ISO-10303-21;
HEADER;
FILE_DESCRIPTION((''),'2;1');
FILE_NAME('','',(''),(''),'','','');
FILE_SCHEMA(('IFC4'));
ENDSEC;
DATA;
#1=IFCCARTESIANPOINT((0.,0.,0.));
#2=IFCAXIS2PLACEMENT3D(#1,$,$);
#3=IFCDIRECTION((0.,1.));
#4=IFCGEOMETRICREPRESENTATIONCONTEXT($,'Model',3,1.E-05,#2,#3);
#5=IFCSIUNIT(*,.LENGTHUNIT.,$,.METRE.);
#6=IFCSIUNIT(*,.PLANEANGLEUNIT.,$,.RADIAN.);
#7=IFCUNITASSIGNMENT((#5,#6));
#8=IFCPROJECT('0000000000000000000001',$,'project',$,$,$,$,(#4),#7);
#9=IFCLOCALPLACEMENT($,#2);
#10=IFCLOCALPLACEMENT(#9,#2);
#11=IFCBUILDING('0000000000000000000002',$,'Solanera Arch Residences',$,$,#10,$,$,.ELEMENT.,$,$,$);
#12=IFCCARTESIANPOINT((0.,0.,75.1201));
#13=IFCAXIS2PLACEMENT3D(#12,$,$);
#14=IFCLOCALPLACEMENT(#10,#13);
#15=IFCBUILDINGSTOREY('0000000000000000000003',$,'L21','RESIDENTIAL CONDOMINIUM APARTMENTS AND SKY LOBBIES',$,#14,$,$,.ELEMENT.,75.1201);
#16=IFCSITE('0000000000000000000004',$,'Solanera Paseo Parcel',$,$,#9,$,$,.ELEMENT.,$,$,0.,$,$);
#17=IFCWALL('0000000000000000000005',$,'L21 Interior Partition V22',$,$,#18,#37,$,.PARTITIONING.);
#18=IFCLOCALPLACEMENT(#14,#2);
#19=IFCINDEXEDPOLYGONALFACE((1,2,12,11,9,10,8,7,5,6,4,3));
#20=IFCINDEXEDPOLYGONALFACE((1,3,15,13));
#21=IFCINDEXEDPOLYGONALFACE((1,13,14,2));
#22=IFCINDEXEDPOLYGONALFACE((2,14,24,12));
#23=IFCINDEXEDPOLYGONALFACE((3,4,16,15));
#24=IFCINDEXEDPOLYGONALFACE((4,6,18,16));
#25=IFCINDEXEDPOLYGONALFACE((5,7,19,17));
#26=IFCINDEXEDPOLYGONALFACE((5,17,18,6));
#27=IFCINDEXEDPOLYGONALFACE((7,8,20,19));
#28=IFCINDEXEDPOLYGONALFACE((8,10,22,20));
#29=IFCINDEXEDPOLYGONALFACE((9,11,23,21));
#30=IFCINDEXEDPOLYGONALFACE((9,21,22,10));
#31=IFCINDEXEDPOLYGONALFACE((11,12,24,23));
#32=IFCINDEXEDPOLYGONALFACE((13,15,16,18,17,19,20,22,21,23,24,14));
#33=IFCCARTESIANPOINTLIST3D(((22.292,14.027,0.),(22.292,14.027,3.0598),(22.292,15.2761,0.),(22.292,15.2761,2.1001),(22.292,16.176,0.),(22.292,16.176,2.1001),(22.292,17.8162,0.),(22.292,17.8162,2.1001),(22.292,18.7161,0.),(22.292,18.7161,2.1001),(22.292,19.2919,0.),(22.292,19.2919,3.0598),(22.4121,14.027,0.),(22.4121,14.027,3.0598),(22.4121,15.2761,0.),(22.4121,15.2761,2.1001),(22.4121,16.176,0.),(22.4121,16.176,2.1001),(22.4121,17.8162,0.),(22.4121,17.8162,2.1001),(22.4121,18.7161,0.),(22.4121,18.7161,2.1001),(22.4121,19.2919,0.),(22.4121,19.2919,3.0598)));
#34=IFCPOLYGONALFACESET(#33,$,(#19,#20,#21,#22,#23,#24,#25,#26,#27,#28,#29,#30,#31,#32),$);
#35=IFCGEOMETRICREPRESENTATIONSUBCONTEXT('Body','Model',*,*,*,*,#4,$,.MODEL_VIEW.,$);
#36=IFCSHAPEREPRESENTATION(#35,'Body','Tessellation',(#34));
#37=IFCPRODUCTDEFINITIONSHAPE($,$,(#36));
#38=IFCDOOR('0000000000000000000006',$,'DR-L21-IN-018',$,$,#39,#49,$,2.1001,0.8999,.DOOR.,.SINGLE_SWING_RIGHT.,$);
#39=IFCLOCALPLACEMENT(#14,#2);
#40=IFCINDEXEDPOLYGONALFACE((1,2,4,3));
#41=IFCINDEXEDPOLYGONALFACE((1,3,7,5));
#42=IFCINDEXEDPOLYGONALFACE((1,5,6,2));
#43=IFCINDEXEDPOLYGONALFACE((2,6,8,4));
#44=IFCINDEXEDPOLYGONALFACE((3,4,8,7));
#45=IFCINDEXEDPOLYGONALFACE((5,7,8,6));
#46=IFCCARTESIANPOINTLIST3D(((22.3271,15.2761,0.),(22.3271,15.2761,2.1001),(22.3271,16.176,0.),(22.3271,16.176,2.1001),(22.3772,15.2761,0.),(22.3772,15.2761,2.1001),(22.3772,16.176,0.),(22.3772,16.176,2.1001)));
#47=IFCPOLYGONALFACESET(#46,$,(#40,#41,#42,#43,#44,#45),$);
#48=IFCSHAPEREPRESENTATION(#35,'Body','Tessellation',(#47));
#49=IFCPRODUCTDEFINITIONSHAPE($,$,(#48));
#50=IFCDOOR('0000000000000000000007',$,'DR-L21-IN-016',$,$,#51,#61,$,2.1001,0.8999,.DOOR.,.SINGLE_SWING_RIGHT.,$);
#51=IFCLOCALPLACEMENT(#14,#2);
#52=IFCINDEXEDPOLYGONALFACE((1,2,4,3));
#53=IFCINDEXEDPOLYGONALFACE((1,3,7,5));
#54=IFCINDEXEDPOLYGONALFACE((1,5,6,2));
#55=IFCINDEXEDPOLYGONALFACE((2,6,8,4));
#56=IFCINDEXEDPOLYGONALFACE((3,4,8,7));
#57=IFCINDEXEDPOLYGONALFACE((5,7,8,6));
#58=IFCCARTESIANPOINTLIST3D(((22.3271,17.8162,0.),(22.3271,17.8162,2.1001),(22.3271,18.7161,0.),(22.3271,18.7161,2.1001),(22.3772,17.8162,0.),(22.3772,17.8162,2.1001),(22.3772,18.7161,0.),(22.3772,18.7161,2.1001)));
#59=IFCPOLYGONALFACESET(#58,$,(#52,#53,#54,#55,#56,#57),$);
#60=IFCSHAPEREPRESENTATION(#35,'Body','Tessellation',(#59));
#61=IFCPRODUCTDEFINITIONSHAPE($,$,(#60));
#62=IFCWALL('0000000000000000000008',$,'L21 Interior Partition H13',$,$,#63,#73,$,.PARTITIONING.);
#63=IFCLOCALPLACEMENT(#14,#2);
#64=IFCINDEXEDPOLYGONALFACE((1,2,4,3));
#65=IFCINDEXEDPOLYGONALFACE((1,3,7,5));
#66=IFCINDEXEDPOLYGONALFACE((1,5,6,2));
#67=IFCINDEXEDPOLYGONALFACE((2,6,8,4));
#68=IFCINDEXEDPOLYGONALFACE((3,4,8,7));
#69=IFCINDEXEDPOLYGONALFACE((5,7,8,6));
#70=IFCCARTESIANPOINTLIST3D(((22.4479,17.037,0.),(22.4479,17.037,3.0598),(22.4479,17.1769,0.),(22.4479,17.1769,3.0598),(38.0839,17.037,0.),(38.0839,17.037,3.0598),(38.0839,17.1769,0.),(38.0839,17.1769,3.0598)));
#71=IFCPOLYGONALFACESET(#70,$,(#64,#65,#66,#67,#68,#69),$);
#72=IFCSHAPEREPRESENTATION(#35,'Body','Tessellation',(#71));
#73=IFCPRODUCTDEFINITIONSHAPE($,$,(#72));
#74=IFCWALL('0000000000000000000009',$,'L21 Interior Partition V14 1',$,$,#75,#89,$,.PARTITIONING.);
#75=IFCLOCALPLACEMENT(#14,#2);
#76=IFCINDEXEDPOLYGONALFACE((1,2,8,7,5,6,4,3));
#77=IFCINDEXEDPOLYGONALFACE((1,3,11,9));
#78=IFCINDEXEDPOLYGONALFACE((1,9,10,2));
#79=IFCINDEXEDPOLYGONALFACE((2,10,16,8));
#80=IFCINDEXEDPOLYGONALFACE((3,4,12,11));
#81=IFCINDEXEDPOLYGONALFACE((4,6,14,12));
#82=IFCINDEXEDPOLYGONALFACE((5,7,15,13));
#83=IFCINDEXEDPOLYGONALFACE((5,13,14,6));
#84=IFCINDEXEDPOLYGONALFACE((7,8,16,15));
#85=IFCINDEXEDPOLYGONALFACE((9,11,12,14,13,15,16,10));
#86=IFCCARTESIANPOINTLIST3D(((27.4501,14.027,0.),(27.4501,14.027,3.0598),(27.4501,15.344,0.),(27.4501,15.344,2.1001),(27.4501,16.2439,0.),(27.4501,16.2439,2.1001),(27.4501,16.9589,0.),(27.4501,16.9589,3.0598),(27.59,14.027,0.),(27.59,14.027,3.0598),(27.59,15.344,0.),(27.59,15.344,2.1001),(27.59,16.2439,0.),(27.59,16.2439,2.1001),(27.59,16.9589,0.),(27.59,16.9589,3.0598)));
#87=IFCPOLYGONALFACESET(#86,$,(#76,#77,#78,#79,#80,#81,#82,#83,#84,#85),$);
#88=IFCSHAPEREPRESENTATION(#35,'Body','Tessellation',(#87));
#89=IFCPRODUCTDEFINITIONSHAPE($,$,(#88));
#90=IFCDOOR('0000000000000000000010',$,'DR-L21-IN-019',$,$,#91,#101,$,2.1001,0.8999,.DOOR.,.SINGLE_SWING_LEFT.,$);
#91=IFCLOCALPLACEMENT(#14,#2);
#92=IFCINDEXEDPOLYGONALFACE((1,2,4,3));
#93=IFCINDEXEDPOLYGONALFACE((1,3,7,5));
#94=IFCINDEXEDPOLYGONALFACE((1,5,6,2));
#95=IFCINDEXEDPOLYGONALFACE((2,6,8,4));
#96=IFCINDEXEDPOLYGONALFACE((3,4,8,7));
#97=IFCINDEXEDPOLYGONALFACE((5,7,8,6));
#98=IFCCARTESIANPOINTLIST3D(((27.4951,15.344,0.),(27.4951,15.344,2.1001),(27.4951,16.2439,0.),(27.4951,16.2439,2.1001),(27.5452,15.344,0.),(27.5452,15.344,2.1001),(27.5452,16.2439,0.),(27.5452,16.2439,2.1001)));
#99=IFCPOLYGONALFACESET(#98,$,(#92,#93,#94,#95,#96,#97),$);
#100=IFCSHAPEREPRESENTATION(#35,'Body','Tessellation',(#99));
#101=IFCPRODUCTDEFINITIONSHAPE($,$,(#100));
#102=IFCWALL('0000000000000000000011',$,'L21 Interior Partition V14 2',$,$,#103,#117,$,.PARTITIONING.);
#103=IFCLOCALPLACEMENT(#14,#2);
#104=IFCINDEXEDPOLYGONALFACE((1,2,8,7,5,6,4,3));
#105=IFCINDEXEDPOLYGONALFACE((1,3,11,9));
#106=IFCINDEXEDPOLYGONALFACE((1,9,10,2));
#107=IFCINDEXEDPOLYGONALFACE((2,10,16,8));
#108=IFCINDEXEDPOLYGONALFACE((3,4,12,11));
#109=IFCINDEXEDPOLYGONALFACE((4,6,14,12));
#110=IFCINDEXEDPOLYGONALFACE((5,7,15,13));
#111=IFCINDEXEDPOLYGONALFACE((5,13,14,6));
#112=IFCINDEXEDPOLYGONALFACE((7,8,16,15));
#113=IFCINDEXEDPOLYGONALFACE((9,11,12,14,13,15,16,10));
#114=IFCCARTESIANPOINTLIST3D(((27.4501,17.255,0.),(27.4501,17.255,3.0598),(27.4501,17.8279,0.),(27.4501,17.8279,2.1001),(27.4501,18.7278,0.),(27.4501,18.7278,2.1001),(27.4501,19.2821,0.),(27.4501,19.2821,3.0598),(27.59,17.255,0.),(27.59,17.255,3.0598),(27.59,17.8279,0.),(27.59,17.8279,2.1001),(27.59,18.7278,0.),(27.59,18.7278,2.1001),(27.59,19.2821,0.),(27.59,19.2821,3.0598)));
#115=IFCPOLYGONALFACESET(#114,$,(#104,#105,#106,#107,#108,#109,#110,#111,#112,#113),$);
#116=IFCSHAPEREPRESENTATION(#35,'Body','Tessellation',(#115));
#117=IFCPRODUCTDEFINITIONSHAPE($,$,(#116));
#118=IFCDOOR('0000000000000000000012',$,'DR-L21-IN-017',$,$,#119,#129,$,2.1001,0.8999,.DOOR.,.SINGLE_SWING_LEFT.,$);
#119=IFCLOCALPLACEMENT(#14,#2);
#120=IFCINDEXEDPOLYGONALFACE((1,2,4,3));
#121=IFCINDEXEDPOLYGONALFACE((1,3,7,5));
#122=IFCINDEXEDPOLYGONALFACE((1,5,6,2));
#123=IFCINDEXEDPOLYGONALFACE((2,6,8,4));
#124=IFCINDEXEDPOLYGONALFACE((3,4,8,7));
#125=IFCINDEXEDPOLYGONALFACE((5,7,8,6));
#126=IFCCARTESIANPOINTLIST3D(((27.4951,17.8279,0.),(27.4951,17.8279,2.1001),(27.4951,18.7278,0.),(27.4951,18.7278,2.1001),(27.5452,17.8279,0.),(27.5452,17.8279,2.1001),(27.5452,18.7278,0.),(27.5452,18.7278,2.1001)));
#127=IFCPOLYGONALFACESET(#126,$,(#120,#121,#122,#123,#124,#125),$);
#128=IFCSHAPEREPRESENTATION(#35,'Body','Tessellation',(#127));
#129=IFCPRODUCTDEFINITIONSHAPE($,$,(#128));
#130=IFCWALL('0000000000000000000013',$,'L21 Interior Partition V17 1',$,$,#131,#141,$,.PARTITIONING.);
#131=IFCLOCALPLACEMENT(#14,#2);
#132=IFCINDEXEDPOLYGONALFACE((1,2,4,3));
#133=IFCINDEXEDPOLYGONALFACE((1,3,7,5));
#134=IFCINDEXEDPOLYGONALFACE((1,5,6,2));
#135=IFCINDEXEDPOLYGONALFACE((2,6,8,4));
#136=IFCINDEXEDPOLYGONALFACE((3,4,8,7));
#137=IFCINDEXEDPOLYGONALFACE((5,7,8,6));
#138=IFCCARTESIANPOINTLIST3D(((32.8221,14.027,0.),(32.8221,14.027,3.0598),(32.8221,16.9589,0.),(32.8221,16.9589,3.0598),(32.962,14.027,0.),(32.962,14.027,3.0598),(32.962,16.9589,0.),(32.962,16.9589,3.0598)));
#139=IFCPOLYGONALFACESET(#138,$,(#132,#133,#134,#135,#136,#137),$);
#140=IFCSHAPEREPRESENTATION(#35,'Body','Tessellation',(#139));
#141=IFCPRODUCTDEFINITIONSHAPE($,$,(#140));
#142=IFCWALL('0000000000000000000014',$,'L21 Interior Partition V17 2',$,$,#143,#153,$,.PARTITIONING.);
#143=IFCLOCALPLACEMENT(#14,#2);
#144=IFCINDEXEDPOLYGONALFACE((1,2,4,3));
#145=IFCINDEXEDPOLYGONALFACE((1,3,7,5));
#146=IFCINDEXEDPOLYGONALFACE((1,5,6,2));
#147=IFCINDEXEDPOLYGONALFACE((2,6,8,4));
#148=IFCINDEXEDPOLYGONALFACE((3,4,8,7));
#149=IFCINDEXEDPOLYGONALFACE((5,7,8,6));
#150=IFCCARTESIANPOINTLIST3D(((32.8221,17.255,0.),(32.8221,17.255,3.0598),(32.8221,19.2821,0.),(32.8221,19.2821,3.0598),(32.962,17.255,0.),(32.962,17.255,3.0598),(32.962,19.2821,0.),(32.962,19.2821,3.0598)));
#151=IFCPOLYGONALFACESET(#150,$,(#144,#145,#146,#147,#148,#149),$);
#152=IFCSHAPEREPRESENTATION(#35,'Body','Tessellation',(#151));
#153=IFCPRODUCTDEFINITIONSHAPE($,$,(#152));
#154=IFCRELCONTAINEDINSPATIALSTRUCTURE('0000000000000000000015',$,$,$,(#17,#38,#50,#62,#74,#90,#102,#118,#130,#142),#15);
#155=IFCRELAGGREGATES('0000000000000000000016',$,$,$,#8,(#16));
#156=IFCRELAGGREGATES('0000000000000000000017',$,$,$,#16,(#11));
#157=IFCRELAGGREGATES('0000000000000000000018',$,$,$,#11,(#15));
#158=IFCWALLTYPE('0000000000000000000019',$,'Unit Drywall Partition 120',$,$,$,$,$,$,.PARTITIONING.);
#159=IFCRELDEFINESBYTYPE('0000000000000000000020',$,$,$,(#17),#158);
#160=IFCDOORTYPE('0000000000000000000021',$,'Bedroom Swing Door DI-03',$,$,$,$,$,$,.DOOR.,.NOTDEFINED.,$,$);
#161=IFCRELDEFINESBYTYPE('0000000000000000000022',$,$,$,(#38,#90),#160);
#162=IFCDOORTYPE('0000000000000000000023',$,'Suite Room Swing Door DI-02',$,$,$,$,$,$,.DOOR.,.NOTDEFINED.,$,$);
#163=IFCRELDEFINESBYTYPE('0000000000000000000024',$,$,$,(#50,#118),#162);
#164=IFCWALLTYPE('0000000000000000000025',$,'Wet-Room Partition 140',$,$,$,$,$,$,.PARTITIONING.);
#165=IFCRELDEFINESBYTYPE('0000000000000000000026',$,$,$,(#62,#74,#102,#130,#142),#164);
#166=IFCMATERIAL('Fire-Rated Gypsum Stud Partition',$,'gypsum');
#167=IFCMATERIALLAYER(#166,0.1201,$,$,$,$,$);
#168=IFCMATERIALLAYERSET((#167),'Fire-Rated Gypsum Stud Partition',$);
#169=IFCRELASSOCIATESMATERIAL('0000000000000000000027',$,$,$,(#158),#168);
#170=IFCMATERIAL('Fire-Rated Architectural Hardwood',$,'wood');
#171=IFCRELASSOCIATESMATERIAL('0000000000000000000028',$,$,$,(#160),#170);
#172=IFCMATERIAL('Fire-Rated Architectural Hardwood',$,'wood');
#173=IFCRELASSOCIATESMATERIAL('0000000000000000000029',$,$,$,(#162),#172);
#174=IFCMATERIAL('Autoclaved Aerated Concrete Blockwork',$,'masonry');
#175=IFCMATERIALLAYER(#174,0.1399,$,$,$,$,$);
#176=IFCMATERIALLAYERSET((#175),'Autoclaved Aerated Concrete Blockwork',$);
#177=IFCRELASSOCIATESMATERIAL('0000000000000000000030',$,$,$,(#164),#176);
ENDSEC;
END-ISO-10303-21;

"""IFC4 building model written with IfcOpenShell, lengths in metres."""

from ifc_helpers import new_model, si_unit, direction, frame, frame_2d, origin, place, context, subcontext, project, spatial, rectangle, extrude, material, layer, layer_set, type_object, element, fill, save


model = new_model("IFC4")

# Units and contexts
model_context = context("Model", 3, precision=1e-05, world=origin(), true_north=direction((0.0, 1.0)))
body_context = subcontext(model_context, "Body", "Model", "MODEL_VIEW")
ifc_project = project(units=[si_unit("LENGTHUNIT", "METRE"), si_unit("PLANEANGLEUNIT", "RADIAN")], contexts=[model_context])

# Site, building, storey
site_placement = place(None, origin())
site = spatial("IfcSite", under=ifc_project, at=site_placement, Name="Solanera Paseo Parcel", CompositionType="ELEMENT", RefElevation=0.0)
building_placement = place(site_placement, origin())
building = spatial("IfcBuilding", under=site, at=building_placement, Name="Solanera Arch Residences", CompositionType="ELEMENT")
storey_placement = place(building_placement, frame((0.0, 0.0, 75.1201)))
storey = spatial("IfcBuildingStorey", under=building, at=storey_placement, Name="L21", Description="RESIDENTIAL CONDOMINIUM APARTMENTS AND SKY LOBBIES", CompositionType="ELEMENT", Elevation=75.1201)

# Wall, openings, doors
ifc_material_1 = material(Name="Fire-Rated Gypsum Stud Partition", Category="gypsum")
ifc_layer_1 = layer(ifc_material_1, 0.1201)
ifc_layer_set_1 = layer_set([ifc_layer_1], Name="Fire-Rated Gypsum Stud Partition")
wall_type_1 = type_object("IfcWallType", Name="Unit Drywall Partition 120", PredefinedType="PARTITIONING", material=ifc_layer_set_1)
wall_1_placement = place(storey_placement, frame((22.3521, 14.0271, 0.0), z_axis=(0.0, 0.0, 1.0), x_axis=(0.0, 1.0, 0.0)))
wall_1 = element("IfcWall", 1, at=wall_1_placement, inside=storey, type_object=wall_type_1, Name="L21 Interior Partition V22", PredefinedType="PARTITIONING", context=body_context, shape_type="SweptSolid", body=[
    extrude(rectangle(XDim=5.2649, YDim=0.1201, at=frame_2d((2.6323, 0.0))), origin(), (0.0, 0.0, 1.0), 3.0598),
])
opening_1_placement = place(wall_1_placement, frame((3.7891, 0.0, 0.0)))
opening_1 = element("IfcOpeningElement", 2, at=opening_1_placement, cuts=wall_1, PredefinedType="OPENING", context=body_context, shape_type="SweptSolid", body=[
    extrude(rectangle(XDim=0.8999, YDim=2.1001, at=frame_2d((0.45, 1.05))), frame((0.0, 0.0701, 0.0), z_axis=(0.0, -1.0, 0.0), x_axis=(1.0, 0.0, 0.0)), (0.0, 0.0, 1.0), 0.1401),
])
opening_2_placement = place(wall_1_placement, frame((1.249, 0.0, 0.0)))
opening_2 = element("IfcOpeningElement", 3, at=opening_2_placement, cuts=wall_1, PredefinedType="OPENING", context=body_context, shape_type="SweptSolid", body=[
    extrude(rectangle(XDim=0.8999, YDim=2.1001, at=frame_2d((0.45, 1.05))), frame((0.0, 0.0701, 0.0), z_axis=(0.0, -1.0, 0.0), x_axis=(1.0, 0.0, 0.0)), (0.0, 0.0, 1.0), 0.1401),
])
ifc_material_2 = material(Name="Fire-Rated Architectural Hardwood", Category="wood")
door_type_1 = type_object("IfcDoorType", Name="Bedroom Swing Door DI-03", OperationType="NOTDEFINED", PredefinedType="DOOR", material=ifc_material_2)
door_1_placement = place(opening_2_placement, origin())
door_1 = element("IfcDoor", 4, at=door_1_placement, inside=storey, type_object=door_type_1, Name="DR-L21-IN-018", OperationType="SINGLE_SWING_RIGHT", OverallHeight=2.1001, OverallWidth=0.8999, PredefinedType="DOOR", context=body_context, shape_type="SweptSolid", body=[
    extrude(rectangle(XDim=0.8999, YDim=2.1001, at=frame_2d((0.45, 1.05))), frame((0.0, 0.0249, 0.0), z_axis=(0.0, -1.0, 0.0), x_axis=(1.0, 0.0, 0.0)), (0.0, 0.0, 1.0), 0.05),
])
fill(opening_2, door_1)
ifc_material_3 = material(Name="Fire-Rated Architectural Hardwood", Category="wood")
door_type_2 = type_object("IfcDoorType", Name="Suite Room Swing Door DI-02", OperationType="NOTDEFINED", PredefinedType="DOOR", material=ifc_material_3)
door_2_placement = place(opening_1_placement, origin())
door_2 = element("IfcDoor", 5, at=door_2_placement, inside=storey, type_object=door_type_2, Name="DR-L21-IN-016", OperationType="SINGLE_SWING_RIGHT", OverallHeight=2.1001, OverallWidth=0.8999, PredefinedType="DOOR", context=body_context, shape_type="SweptSolid", body=[
    extrude(rectangle(XDim=0.8999, YDim=2.1001, at=frame_2d((0.45, 1.05))), frame((0.0, 0.0249, 0.0), z_axis=(0.0, -1.0, 0.0), x_axis=(1.0, 0.0, 0.0)), (0.0, 0.0, 1.0), 0.05),
])
fill(opening_1, door_2)

# Wall
ifc_material_4 = material(Name="Autoclaved Aerated Concrete Blockwork", Category="masonry")
ifc_layer_2 = layer(ifc_material_4, 0.1399)
ifc_layer_set_2 = layer_set([ifc_layer_2], Name="Autoclaved Aerated Concrete Blockwork")
wall_type_2 = type_object("IfcWallType", Name="Wet-Room Partition 140", PredefinedType="PARTITIONING", material=ifc_layer_set_2)
wall_2_placement = place(storey_placement, frame((22.448, 17.1069, 0.0), z_axis=(0.0, 0.0, 1.0), x_axis=(1.0, 0.0, 0.0)))
element("IfcWall", 6, at=wall_2_placement, inside=storey, type_object=wall_type_2, Name="L21 Interior Partition H13", PredefinedType="PARTITIONING", context=body_context, shape_type="SweptSolid", body=[
    extrude(rectangle(XDim=15.636, YDim=0.1399, at=frame_2d((7.8179, 0.0))), origin(), (0.0, 0.0, 1.0), 3.0598),
])

# Walls, openings, doors
wall_3_placement = place(storey_placement, frame((27.52, 14.0271, 0.0), z_axis=(0.0, 0.0, 1.0), x_axis=(0.0, 1.0, 0.0)))
wall_3 = element("IfcWall", 7, at=wall_3_placement, inside=storey, type_object=wall_type_2, Name="L21 Interior Partition V14 1", PredefinedType="PARTITIONING", context=body_context, shape_type="SweptSolid", body=[
    extrude(rectangle(XDim=2.9319, YDim=0.1399, at=frame_2d((1.4658, 0.0))), origin(), (0.0, 0.0, 1.0), 3.0598),
])
opening_3_placement = place(wall_3_placement, frame((1.3169, 0.0, 0.0)))
opening_3 = element("IfcOpeningElement", 8, at=opening_3_placement, cuts=wall_3, PredefinedType="OPENING", context=body_context, shape_type="SweptSolid", body=[
    extrude(rectangle(XDim=0.8999, YDim=2.1001, at=frame_2d((0.45, 1.05))), frame((0.0, 0.0798, 0.0), z_axis=(0.0, -1.0, 0.0), x_axis=(1.0, 0.0, 0.0)), (0.0, 0.0, 1.0), 0.1599),
])
door_3_placement = place(opening_3_placement, origin())
door_3 = element("IfcDoor", 9, at=door_3_placement, inside=storey, type_object=door_type_1, Name="DR-L21-IN-019", OperationType="SINGLE_SWING_LEFT", OverallHeight=2.1001, OverallWidth=0.8999, PredefinedType="DOOR", context=body_context, shape_type="SweptSolid", body=[
    extrude(rectangle(XDim=0.8999, YDim=2.1001, at=frame_2d((0.45, 1.05))), frame((0.0, 0.0249, 0.0), z_axis=(0.0, -1.0, 0.0), x_axis=(1.0, 0.0, 0.0)), (0.0, 0.0, 1.0), 0.05),
])
fill(opening_3, door_3)
wall_4_placement = place(storey_placement, frame((27.52, 17.2549, 0.0), z_axis=(0.0, 0.0, 1.0), x_axis=(0.0, 1.0, 0.0)))
wall_4 = element("IfcWall", 10, at=wall_4_placement, inside=storey, type_object=wall_type_2, Name="L21 Interior Partition V14 2", PredefinedType="PARTITIONING", context=body_context, shape_type="SweptSolid", body=[
    extrude(rectangle(XDim=2.0271, YDim=0.1399, at=frame_2d((1.0137, 0.0))), origin(), (0.0, 0.0, 1.0), 3.0598),
])
opening_4_placement = place(wall_4_placement, frame((0.573, 0.0, 0.0)))
opening_4 = element("IfcOpeningElement", 11, at=opening_4_placement, cuts=wall_4, PredefinedType="OPENING", context=body_context, shape_type="SweptSolid", body=[
    extrude(rectangle(XDim=0.8999, YDim=2.1001, at=frame_2d((0.45, 1.05))), frame((0.0, 0.0798, 0.0), z_axis=(0.0, -1.0, 0.0), x_axis=(1.0, 0.0, 0.0)), (0.0, 0.0, 1.0), 0.1599),
])
door_4_placement = place(opening_4_placement, origin())
door_4 = element("IfcDoor", 12, at=door_4_placement, inside=storey, type_object=door_type_2, Name="DR-L21-IN-017", OperationType="SINGLE_SWING_LEFT", OverallHeight=2.1001, OverallWidth=0.8999, PredefinedType="DOOR", context=body_context, shape_type="SweptSolid", body=[
    extrude(rectangle(XDim=0.8999, YDim=2.1001, at=frame_2d((0.45, 1.05))), frame((0.0, 0.0249, 0.0), z_axis=(0.0, -1.0, 0.0), x_axis=(1.0, 0.0, 0.0)), (0.0, 0.0, 1.0), 0.05),
])
fill(opening_4, door_4)

# Walls
wall_5_placement = place(storey_placement, frame((32.8921, 14.0271, 0.0), z_axis=(0.0, 0.0, 1.0), x_axis=(0.0, 1.0, 0.0)))
element("IfcWall", 13, at=wall_5_placement, inside=storey, type_object=wall_type_2, Name="L21 Interior Partition V17 1", PredefinedType="PARTITIONING", context=body_context, shape_type="SweptSolid", body=[
    extrude(rectangle(XDim=2.9319, YDim=0.1399, at=frame_2d((1.4658, 0.0))), origin(), (0.0, 0.0, 1.0), 3.0598),
])
wall_6_placement = place(storey_placement, frame((32.8921, 17.2549, 0.0), z_axis=(0.0, 0.0, 1.0), x_axis=(0.0, 1.0, 0.0)))
element("IfcWall", 14, at=wall_6_placement, inside=storey, type_object=wall_type_2, Name="L21 Interior Partition V17 2", PredefinedType="PARTITIONING", context=body_context, shape_type="SweptSolid", body=[
    extrude(rectangle(XDim=2.0271, YDim=0.1399, at=frame_2d((1.0137, 0.0))), origin(), (0.0, 0.0, 1.0), 3.0598),
])

save(model, "model.ifc")
